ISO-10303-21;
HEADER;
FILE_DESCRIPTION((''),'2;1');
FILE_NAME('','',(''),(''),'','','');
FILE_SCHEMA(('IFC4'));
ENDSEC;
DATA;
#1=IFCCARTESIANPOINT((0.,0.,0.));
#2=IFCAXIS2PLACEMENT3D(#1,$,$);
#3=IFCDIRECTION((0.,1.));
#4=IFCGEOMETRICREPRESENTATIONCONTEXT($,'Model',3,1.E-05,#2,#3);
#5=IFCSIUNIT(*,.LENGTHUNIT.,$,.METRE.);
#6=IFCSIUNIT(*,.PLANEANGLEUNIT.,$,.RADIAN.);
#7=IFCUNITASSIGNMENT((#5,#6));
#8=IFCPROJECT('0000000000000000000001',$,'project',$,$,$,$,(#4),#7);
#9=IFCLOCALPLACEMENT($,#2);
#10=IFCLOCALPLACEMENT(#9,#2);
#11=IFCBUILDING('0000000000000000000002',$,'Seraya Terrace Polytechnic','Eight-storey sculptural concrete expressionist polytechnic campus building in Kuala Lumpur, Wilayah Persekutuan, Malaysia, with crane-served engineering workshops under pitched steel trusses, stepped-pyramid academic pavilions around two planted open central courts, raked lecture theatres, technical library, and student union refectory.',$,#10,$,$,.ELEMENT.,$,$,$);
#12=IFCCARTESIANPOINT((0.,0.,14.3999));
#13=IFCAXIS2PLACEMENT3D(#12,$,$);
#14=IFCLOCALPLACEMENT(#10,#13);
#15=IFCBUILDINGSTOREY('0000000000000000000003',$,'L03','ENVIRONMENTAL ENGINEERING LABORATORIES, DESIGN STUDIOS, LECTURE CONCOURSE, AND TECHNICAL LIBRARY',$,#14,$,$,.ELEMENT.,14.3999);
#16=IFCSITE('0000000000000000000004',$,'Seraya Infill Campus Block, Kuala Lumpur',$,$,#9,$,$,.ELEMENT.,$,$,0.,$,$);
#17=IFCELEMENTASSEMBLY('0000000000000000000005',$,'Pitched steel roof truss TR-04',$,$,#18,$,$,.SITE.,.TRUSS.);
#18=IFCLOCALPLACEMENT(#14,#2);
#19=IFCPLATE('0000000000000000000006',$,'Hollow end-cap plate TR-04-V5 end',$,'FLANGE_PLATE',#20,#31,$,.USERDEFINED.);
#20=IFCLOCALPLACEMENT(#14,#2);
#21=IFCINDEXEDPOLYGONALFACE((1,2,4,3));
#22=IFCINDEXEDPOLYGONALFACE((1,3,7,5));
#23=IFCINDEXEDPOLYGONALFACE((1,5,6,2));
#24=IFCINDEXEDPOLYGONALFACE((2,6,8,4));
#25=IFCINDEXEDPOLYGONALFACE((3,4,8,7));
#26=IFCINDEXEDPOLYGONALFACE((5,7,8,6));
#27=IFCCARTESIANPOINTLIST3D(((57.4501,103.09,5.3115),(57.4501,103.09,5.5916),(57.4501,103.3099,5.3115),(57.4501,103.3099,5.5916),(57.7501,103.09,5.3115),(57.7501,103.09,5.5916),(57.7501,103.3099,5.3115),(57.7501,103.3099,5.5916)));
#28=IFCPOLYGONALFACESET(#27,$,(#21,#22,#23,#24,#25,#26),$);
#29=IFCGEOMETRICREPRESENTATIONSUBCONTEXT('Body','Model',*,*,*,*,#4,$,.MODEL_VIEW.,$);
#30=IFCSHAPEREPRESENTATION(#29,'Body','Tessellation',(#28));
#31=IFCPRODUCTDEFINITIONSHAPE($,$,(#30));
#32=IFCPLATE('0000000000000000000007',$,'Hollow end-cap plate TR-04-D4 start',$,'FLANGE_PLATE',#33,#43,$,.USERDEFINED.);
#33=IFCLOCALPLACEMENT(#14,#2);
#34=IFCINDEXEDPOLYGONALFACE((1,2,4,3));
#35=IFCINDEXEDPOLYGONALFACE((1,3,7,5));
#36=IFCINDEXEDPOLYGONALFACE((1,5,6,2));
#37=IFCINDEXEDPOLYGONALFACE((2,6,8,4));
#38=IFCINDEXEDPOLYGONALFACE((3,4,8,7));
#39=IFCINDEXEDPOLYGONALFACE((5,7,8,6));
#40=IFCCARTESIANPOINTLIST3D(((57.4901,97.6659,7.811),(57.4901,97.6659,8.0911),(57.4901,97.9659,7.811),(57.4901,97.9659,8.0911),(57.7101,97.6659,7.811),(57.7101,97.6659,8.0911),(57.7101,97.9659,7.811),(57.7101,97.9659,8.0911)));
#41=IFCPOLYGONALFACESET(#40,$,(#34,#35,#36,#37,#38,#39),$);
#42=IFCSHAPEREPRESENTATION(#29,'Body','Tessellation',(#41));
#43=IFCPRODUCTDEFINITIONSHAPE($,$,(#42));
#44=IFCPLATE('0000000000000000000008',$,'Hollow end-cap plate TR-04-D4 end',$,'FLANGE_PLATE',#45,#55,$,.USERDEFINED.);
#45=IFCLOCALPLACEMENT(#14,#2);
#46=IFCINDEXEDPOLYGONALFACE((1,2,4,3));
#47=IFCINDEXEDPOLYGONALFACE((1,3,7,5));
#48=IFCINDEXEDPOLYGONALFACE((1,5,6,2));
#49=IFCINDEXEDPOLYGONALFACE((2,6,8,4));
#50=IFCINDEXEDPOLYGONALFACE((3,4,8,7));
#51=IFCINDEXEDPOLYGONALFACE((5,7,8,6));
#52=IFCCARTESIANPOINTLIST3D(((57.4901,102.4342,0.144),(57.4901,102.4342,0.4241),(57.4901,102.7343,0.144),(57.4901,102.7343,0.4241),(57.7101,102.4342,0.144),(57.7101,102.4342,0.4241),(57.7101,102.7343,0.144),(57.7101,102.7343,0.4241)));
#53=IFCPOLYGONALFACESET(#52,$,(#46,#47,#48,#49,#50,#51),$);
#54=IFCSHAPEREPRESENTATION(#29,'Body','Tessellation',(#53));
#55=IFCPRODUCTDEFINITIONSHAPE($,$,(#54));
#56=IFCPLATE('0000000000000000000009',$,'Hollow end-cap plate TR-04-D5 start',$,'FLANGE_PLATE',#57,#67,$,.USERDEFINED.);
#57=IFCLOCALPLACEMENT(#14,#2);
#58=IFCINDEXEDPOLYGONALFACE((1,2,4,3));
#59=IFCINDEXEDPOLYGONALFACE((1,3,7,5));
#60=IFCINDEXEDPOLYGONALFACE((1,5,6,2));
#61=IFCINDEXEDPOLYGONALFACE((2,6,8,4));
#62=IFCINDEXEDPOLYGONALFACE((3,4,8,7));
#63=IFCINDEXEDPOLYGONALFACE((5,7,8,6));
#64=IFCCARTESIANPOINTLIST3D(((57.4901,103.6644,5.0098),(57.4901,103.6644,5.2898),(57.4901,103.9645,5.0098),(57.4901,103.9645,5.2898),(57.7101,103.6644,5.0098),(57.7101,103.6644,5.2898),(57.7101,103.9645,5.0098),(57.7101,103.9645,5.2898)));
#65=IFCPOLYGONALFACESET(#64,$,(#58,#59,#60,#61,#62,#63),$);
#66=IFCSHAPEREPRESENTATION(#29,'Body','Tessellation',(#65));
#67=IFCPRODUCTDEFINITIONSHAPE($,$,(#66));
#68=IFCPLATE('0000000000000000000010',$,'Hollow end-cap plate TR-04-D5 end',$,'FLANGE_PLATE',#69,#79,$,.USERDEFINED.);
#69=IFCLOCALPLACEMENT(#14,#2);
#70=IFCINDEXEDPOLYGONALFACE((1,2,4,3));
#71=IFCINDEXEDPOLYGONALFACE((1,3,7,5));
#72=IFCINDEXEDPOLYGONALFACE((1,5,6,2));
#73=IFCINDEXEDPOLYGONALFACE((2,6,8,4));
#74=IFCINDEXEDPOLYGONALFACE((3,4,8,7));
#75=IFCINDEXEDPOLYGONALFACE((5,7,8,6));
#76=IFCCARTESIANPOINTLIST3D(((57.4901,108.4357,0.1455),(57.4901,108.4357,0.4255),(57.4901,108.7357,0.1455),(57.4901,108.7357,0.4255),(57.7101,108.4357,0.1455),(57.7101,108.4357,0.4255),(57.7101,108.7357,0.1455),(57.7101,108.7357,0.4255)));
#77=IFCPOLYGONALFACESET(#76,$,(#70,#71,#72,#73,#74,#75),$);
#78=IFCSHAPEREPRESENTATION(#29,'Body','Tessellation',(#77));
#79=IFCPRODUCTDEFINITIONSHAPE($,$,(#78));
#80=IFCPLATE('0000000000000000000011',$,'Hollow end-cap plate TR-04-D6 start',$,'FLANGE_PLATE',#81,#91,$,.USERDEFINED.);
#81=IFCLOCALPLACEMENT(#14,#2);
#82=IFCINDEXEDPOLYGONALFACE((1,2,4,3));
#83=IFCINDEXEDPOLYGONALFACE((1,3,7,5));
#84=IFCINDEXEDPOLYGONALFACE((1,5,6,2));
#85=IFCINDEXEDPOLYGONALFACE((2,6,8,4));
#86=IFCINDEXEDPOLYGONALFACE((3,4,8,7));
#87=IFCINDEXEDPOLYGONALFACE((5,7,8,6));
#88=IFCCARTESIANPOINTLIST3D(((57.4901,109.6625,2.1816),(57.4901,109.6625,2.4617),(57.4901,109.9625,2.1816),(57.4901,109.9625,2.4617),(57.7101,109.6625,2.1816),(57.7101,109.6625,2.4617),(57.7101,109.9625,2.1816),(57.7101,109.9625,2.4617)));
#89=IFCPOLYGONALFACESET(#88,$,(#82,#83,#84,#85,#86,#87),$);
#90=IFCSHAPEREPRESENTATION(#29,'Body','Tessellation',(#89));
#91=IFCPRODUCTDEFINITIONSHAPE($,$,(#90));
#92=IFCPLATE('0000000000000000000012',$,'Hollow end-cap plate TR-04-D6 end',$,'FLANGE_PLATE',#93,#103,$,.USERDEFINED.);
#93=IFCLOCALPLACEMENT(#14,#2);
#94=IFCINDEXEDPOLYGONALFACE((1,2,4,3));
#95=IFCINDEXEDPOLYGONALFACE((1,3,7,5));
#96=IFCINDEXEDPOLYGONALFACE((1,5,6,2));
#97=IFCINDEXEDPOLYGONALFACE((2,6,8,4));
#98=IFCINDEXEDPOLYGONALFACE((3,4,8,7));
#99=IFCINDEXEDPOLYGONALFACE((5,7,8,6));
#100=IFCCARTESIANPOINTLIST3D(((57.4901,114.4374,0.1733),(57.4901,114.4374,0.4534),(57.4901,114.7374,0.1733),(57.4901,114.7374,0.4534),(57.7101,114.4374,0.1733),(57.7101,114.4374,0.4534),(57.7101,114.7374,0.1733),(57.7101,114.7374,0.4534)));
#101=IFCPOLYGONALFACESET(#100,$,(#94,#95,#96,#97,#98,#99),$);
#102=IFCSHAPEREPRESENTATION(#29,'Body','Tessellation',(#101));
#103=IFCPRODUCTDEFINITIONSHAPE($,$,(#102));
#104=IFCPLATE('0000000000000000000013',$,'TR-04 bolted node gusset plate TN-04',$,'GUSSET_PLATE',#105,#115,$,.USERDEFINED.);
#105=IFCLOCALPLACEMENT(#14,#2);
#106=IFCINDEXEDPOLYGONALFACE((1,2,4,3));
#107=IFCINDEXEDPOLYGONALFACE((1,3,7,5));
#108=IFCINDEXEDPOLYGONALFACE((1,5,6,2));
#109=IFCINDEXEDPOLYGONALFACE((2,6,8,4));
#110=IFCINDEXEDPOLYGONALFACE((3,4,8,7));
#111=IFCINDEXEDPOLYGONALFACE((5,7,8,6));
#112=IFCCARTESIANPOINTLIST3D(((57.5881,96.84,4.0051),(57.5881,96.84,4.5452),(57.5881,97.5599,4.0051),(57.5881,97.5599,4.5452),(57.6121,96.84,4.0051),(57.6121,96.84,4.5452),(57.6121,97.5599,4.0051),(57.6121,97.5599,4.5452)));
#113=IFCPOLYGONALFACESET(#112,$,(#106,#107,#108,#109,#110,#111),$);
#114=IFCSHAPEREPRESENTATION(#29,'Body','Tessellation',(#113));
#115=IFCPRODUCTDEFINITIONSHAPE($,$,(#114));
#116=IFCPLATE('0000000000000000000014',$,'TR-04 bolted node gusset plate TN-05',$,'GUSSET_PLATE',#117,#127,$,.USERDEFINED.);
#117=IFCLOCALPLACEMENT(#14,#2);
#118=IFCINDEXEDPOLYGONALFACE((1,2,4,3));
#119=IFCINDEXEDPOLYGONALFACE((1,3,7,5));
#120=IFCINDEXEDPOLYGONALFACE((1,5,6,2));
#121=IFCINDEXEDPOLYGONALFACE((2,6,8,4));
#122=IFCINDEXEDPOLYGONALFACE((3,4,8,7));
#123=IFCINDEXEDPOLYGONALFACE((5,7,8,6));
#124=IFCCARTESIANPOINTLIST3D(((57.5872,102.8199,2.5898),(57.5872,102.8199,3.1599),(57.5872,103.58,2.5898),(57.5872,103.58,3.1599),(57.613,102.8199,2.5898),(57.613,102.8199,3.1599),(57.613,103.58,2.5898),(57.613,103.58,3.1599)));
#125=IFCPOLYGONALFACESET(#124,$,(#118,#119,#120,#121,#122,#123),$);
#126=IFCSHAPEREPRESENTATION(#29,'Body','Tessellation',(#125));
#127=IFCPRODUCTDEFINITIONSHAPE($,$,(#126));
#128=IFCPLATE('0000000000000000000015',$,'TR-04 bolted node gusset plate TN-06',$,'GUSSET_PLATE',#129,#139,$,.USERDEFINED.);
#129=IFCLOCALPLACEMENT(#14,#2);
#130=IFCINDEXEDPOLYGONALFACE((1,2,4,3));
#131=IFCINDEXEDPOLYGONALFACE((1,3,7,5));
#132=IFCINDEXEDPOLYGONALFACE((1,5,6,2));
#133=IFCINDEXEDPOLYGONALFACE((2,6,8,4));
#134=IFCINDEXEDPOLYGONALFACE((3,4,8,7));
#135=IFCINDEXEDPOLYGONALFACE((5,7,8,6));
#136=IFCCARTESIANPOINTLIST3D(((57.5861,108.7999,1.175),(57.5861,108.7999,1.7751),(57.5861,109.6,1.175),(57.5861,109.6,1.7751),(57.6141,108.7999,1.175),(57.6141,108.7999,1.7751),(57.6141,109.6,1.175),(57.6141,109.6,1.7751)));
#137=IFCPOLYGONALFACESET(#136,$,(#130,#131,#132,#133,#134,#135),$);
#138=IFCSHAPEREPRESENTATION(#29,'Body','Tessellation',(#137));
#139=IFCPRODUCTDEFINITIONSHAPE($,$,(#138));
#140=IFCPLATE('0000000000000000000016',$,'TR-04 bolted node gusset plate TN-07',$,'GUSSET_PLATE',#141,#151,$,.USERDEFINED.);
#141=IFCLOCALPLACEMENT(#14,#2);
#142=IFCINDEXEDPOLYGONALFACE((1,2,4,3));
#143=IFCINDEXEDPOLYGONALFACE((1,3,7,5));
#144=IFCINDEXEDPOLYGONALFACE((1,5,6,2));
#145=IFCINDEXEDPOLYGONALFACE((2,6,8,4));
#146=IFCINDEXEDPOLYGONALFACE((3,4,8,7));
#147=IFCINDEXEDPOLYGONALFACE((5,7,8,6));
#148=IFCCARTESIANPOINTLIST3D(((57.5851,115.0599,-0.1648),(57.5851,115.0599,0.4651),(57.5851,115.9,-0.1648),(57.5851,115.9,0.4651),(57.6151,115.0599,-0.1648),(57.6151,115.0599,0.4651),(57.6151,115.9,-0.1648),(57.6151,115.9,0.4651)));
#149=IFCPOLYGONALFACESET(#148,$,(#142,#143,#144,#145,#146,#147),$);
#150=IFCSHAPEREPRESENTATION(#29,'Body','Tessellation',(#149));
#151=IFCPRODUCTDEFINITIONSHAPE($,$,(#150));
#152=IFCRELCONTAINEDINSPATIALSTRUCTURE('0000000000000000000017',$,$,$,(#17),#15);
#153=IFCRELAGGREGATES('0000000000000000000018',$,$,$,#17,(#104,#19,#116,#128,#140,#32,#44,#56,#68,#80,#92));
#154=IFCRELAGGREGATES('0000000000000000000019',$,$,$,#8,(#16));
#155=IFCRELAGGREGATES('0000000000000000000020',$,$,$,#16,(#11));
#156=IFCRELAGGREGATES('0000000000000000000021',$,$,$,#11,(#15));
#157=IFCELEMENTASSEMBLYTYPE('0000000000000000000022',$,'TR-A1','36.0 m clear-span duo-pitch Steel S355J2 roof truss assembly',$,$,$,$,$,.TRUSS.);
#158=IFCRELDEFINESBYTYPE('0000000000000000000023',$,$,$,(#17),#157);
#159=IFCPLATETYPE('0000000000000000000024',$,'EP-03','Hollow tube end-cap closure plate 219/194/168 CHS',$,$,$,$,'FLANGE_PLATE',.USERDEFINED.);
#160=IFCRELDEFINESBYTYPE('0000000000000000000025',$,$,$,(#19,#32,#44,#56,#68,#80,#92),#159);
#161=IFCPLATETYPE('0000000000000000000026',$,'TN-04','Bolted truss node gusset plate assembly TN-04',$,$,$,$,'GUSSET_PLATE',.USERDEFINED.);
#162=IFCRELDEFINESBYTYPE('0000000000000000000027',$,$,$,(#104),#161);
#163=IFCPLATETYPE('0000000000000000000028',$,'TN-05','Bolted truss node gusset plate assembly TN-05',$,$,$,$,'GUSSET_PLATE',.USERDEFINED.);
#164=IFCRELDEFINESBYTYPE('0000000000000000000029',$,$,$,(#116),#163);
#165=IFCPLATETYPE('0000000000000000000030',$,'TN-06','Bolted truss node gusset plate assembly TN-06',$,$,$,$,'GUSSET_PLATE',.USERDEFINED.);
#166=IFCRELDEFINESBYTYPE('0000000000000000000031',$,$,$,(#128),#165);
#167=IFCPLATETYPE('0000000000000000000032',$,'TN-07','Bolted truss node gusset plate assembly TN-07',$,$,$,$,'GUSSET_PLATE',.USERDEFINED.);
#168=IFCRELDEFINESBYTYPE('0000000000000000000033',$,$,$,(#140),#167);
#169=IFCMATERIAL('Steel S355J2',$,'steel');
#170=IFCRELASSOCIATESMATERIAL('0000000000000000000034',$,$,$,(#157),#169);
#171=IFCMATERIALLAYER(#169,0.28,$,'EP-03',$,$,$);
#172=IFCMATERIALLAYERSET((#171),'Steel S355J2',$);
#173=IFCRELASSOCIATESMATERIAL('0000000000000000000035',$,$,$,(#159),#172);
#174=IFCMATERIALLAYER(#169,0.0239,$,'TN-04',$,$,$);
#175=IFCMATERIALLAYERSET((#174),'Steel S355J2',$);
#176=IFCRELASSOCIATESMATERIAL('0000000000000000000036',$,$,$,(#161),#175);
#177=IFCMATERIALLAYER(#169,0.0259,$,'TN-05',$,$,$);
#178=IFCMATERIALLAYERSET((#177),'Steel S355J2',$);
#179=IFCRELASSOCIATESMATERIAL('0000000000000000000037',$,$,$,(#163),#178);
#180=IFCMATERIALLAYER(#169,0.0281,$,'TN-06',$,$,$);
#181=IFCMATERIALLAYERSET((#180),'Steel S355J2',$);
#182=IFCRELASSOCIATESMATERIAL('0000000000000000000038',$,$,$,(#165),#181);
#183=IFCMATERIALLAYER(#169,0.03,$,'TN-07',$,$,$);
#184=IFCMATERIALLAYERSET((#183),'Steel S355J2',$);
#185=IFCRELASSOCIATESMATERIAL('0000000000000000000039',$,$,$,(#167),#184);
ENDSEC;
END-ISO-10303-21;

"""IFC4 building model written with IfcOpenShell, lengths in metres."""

from ifc_helpers import new_model, si_unit, direction, frame, origin, origin_2d, place, context, subcontext, project, spatial, rectangle, extrude, material, layer, layer_set, type_object, element, aggregate, save


model = new_model("IFC4")

# Units and contexts
model_context = context("Model", 3, precision=1e-05, world=origin(), true_north=direction((0.0, 1.0)))
body_context = subcontext(model_context, "Body", "Model", "MODEL_VIEW")
ifc_project = project(units=[si_unit("LENGTHUNIT", "METRE"), si_unit("PLANEANGLEUNIT", "RADIAN")], contexts=[model_context])

# Site, building, storey
site_placement = place(None, origin())
site = spatial("IfcSite", under=ifc_project, at=site_placement, Name="Seraya Infill Campus Block, Kuala Lumpur", CompositionType="ELEMENT", RefElevation=0.0)
building_placement = place(site_placement, origin())
building = spatial("IfcBuilding", under=site, at=building_placement, Name="Seraya Terrace Polytechnic", Description="Eight-storey sculptural concrete expressionist polytechnic campus building in Kuala Lumpur, Wilayah Persekutuan, Malaysia, with crane-served engineering workshops under pitched steel trusses, stepped-pyramid academic pavilions around two planted open central courts, raked lecture theatres, technical library, and student union refectory.", CompositionType="ELEMENT")
storey_placement = place(building_placement, frame((0.0, 0.0, 14.3999)))
storey = spatial("IfcBuildingStorey", under=building, at=storey_placement, Name="L03", Description="ENVIRONMENTAL ENGINEERING LABORATORIES, DESIGN STUDIOS, LECTURE CONCOURSE, AND TECHNICAL LIBRARY", CompositionType="ELEMENT", Elevation=14.3999)

# Element assembly
ifc_material_1 = material(Name="Steel S355J2", Category="steel")
element_assembly_type = type_object("IfcElementAssemblyType", Name="TR-A1", Description="36.0 m clear-span duo-pitch Steel S355J2 roof truss assembly", PredefinedType="TRUSS", material=ifc_material_1)
assembly_placement = place(storey_placement, origin())
assembly = element("IfcElementAssembly", 1, at=assembly_placement, inside=storey, type_object=element_assembly_type, Name="Pitched steel roof truss TR-04", AssemblyPlace="SITE", PredefinedType="TRUSS")

# Plates
ifc_layer_1 = layer(ifc_material_1, 0.28, Name="EP-03")
ifc_layer_set_1 = layer_set([ifc_layer_1], Name="Steel S355J2")
plate_type_1 = type_object("IfcPlateType", Name="EP-03", Description="Hollow tube end-cap closure plate 219/194/168 CHS", ElementType="FLANGE_PLATE", PredefinedType="USERDEFINED", material=ifc_layer_set_1)
plate_1_placement = place(storey_placement, frame((57.6001, 103.2, 5.3115), z_axis=(0.0, 0.0, 1.0), x_axis=(1.0, 0.0, 0.0)))
plate_1 = element("IfcPlate", 2, at=plate_1_placement, type_object=plate_type_1, Name="Hollow end-cap plate TR-04-V5 end", ObjectType="FLANGE_PLATE", PredefinedType="USERDEFINED", context=body_context, shape_type="SweptSolid", body=[
    extrude(rectangle(XDim=0.3, YDim=0.22, at=origin_2d()), origin(), (0.0, 0.0, 1.0), 0.28),
])
plate_2_placement = place(storey_placement, frame((57.6001, 97.8159, 7.811), z_axis=(0.0, 0.0, 1.0), x_axis=(0.0, 1.0, 0.0)))
plate_2 = element("IfcPlate", 3, at=plate_2_placement, type_object=plate_type_1, Name="Hollow end-cap plate TR-04-D4 start", ObjectType="FLANGE_PLATE", PredefinedType="USERDEFINED", context=body_context, shape_type="SweptSolid", body=[
    extrude(rectangle(XDim=0.3, YDim=0.22, at=origin_2d()), origin(), (0.0, 0.0, 1.0), 0.28),
])
plate_3_placement = place(storey_placement, frame((57.6001, 102.5842, 0.144), z_axis=(0.0, 0.0, 1.0), x_axis=(0.0, 1.0, 0.0)))
plate_3 = element("IfcPlate", 4, at=plate_3_placement, type_object=plate_type_1, Name="Hollow end-cap plate TR-04-D4 end", ObjectType="FLANGE_PLATE", PredefinedType="USERDEFINED", context=body_context, shape_type="SweptSolid", body=[
    extrude(rectangle(XDim=0.3, YDim=0.22, at=origin_2d()), origin(), (0.0, 0.0, 1.0), 0.28),
])
plate_4_placement = place(storey_placement, frame((57.6001, 103.8145, 5.0098), z_axis=(0.0, 0.0, 1.0), x_axis=(0.0, 1.0, 0.0)))
plate_4 = element("IfcPlate", 5, at=plate_4_placement, type_object=plate_type_1, Name="Hollow end-cap plate TR-04-D5 start", ObjectType="FLANGE_PLATE", PredefinedType="USERDEFINED", context=body_context, shape_type="SweptSolid", body=[
    extrude(rectangle(XDim=0.3, YDim=0.22, at=origin_2d()), origin(), (0.0, 0.0, 1.0), 0.28),
])
plate_5_placement = place(storey_placement, frame((57.6001, 108.5857, 0.1455), z_axis=(0.0, 0.0, 1.0), x_axis=(0.0, 1.0, 0.0)))
plate_5 = element("IfcPlate", 6, at=plate_5_placement, type_object=plate_type_1, Name="Hollow end-cap plate TR-04-D5 end", ObjectType="FLANGE_PLATE", PredefinedType="USERDEFINED", context=body_context, shape_type="SweptSolid", body=[
    extrude(rectangle(XDim=0.3, YDim=0.22, at=origin_2d()), origin(), (0.0, 0.0, 1.0), 0.28),
])
plate_6_placement = place(storey_placement, frame((57.6001, 109.8125, 2.1816), z_axis=(0.0, 0.0, 1.0), x_axis=(0.0, 1.0, 0.0)))
plate_6 = element("IfcPlate", 7, at=plate_6_placement, type_object=plate_type_1, Name="Hollow end-cap plate TR-04-D6 start", ObjectType="FLANGE_PLATE", PredefinedType="USERDEFINED", context=body_context, shape_type="SweptSolid", body=[
    extrude(rectangle(XDim=0.3, YDim=0.22, at=origin_2d()), origin(), (0.0, 0.0, 1.0), 0.28),
])
plate_7_placement = place(storey_placement, frame((57.6001, 114.5874, 0.1733), z_axis=(0.0, 0.0, 1.0), x_axis=(0.0, 1.0, 0.0)))
plate_7 = element("IfcPlate", 8, at=plate_7_placement, type_object=plate_type_1, Name="Hollow end-cap plate TR-04-D6 end", ObjectType="FLANGE_PLATE", PredefinedType="USERDEFINED", context=body_context, shape_type="SweptSolid", body=[
    extrude(rectangle(XDim=0.3, YDim=0.22, at=origin_2d()), origin(), (0.0, 0.0, 1.0), 0.28),
])
ifc_layer_2 = layer(ifc_material_1, 0.0239, Name="TN-04")
ifc_layer_set_2 = layer_set([ifc_layer_2], Name="Steel S355J2")
plate_type_2 = type_object("IfcPlateType", Name="TN-04", Description="Bolted truss node gusset plate assembly TN-04", ElementType="GUSSET_PLATE", PredefinedType="USERDEFINED", material=ifc_layer_set_2)
plate_8_placement = place(storey_placement, frame((57.6001, 97.2, 4.0051), z_axis=(0.0, 0.0, 1.0), x_axis=(0.0, 1.0, 0.0)))
plate_8 = element("IfcPlate", 9, at=plate_8_placement, type_object=plate_type_2, Name="TR-04 bolted node gusset plate TN-04", ObjectType="GUSSET_PLATE", PredefinedType="USERDEFINED", context=body_context, shape_type="SweptSolid", body=[
    extrude(rectangle(XDim=0.72, YDim=0.0239, at=origin_2d()), origin(), (0.0, 0.0, 1.0), 0.54),
])
ifc_layer_3 = layer(ifc_material_1, 0.0259, Name="TN-05")
ifc_layer_set_3 = layer_set([ifc_layer_3], Name="Steel S355J2")
plate_type_3 = type_object("IfcPlateType", Name="TN-05", Description="Bolted truss node gusset plate assembly TN-05", ElementType="GUSSET_PLATE", PredefinedType="USERDEFINED", material=ifc_layer_set_3)
plate_9_placement = place(storey_placement, frame((57.6001, 103.2, 2.5898), z_axis=(0.0, 0.0, 1.0), x_axis=(0.0, 1.0, 0.0)))
plate_9 = element("IfcPlate", 10, at=plate_9_placement, type_object=plate_type_3, Name="TR-04 bolted node gusset plate TN-05", ObjectType="GUSSET_PLATE", PredefinedType="USERDEFINED", context=body_context, shape_type="SweptSolid", body=[
    extrude(rectangle(XDim=0.76, YDim=0.0259, at=origin_2d()), origin(), (0.0, 0.0, 1.0), 0.5701),
])
ifc_layer_4 = layer(ifc_material_1, 0.0281, Name="TN-06")
ifc_layer_set_4 = layer_set([ifc_layer_4], Name="Steel S355J2")
plate_type_4 = type_object("IfcPlateType", Name="TN-06", Description="Bolted truss node gusset plate assembly TN-06", ElementType="GUSSET_PLATE", PredefinedType="USERDEFINED", material=ifc_layer_set_4)
plate_10_placement = place(storey_placement, frame((57.6001, 109.2, 1.175), z_axis=(0.0, 0.0, 1.0), x_axis=(0.0, 1.0, 0.0)))
plate_10 = element("IfcPlate", 11, at=plate_10_placement, type_object=plate_type_4, Name="TR-04 bolted node gusset plate TN-06", ObjectType="GUSSET_PLATE", PredefinedType="USERDEFINED", context=body_context, shape_type="SweptSolid", body=[
    extrude(rectangle(XDim=0.8, YDim=0.0281, at=origin_2d()), origin(), (0.0, 0.0, 1.0), 0.6001),
])
ifc_layer_5 = layer(ifc_material_1, 0.03, Name="TN-07")
ifc_layer_set_5 = layer_set([ifc_layer_5], Name="Steel S355J2")
plate_type_5 = type_object("IfcPlateType", Name="TN-07", Description="Bolted truss node gusset plate assembly TN-07", ElementType="GUSSET_PLATE", PredefinedType="USERDEFINED", material=ifc_layer_set_5)
plate_11_placement = place(storey_placement, frame((57.6001, 115.48, -0.1648), z_axis=(0.0, 0.0, 1.0), x_axis=(0.0, 1.0, 0.0)))
plate_11 = element("IfcPlate", 12, at=plate_11_placement, type_object=plate_type_5, Name="TR-04 bolted node gusset plate TN-07", ObjectType="GUSSET_PLATE", PredefinedType="USERDEFINED", context=body_context, shape_type="SweptSolid", body=[
    extrude(rectangle(XDim=0.8401, YDim=0.03, at=origin_2d()), origin(), (0.0, 0.0, 1.0), 0.6299),
])
aggregate(assembly, [plate_8, plate_1, plate_9, plate_10, plate_11, plate_2, plate_3, plate_4, plate_5, plate_6, plate_7])

save(model, "model.ifc")
